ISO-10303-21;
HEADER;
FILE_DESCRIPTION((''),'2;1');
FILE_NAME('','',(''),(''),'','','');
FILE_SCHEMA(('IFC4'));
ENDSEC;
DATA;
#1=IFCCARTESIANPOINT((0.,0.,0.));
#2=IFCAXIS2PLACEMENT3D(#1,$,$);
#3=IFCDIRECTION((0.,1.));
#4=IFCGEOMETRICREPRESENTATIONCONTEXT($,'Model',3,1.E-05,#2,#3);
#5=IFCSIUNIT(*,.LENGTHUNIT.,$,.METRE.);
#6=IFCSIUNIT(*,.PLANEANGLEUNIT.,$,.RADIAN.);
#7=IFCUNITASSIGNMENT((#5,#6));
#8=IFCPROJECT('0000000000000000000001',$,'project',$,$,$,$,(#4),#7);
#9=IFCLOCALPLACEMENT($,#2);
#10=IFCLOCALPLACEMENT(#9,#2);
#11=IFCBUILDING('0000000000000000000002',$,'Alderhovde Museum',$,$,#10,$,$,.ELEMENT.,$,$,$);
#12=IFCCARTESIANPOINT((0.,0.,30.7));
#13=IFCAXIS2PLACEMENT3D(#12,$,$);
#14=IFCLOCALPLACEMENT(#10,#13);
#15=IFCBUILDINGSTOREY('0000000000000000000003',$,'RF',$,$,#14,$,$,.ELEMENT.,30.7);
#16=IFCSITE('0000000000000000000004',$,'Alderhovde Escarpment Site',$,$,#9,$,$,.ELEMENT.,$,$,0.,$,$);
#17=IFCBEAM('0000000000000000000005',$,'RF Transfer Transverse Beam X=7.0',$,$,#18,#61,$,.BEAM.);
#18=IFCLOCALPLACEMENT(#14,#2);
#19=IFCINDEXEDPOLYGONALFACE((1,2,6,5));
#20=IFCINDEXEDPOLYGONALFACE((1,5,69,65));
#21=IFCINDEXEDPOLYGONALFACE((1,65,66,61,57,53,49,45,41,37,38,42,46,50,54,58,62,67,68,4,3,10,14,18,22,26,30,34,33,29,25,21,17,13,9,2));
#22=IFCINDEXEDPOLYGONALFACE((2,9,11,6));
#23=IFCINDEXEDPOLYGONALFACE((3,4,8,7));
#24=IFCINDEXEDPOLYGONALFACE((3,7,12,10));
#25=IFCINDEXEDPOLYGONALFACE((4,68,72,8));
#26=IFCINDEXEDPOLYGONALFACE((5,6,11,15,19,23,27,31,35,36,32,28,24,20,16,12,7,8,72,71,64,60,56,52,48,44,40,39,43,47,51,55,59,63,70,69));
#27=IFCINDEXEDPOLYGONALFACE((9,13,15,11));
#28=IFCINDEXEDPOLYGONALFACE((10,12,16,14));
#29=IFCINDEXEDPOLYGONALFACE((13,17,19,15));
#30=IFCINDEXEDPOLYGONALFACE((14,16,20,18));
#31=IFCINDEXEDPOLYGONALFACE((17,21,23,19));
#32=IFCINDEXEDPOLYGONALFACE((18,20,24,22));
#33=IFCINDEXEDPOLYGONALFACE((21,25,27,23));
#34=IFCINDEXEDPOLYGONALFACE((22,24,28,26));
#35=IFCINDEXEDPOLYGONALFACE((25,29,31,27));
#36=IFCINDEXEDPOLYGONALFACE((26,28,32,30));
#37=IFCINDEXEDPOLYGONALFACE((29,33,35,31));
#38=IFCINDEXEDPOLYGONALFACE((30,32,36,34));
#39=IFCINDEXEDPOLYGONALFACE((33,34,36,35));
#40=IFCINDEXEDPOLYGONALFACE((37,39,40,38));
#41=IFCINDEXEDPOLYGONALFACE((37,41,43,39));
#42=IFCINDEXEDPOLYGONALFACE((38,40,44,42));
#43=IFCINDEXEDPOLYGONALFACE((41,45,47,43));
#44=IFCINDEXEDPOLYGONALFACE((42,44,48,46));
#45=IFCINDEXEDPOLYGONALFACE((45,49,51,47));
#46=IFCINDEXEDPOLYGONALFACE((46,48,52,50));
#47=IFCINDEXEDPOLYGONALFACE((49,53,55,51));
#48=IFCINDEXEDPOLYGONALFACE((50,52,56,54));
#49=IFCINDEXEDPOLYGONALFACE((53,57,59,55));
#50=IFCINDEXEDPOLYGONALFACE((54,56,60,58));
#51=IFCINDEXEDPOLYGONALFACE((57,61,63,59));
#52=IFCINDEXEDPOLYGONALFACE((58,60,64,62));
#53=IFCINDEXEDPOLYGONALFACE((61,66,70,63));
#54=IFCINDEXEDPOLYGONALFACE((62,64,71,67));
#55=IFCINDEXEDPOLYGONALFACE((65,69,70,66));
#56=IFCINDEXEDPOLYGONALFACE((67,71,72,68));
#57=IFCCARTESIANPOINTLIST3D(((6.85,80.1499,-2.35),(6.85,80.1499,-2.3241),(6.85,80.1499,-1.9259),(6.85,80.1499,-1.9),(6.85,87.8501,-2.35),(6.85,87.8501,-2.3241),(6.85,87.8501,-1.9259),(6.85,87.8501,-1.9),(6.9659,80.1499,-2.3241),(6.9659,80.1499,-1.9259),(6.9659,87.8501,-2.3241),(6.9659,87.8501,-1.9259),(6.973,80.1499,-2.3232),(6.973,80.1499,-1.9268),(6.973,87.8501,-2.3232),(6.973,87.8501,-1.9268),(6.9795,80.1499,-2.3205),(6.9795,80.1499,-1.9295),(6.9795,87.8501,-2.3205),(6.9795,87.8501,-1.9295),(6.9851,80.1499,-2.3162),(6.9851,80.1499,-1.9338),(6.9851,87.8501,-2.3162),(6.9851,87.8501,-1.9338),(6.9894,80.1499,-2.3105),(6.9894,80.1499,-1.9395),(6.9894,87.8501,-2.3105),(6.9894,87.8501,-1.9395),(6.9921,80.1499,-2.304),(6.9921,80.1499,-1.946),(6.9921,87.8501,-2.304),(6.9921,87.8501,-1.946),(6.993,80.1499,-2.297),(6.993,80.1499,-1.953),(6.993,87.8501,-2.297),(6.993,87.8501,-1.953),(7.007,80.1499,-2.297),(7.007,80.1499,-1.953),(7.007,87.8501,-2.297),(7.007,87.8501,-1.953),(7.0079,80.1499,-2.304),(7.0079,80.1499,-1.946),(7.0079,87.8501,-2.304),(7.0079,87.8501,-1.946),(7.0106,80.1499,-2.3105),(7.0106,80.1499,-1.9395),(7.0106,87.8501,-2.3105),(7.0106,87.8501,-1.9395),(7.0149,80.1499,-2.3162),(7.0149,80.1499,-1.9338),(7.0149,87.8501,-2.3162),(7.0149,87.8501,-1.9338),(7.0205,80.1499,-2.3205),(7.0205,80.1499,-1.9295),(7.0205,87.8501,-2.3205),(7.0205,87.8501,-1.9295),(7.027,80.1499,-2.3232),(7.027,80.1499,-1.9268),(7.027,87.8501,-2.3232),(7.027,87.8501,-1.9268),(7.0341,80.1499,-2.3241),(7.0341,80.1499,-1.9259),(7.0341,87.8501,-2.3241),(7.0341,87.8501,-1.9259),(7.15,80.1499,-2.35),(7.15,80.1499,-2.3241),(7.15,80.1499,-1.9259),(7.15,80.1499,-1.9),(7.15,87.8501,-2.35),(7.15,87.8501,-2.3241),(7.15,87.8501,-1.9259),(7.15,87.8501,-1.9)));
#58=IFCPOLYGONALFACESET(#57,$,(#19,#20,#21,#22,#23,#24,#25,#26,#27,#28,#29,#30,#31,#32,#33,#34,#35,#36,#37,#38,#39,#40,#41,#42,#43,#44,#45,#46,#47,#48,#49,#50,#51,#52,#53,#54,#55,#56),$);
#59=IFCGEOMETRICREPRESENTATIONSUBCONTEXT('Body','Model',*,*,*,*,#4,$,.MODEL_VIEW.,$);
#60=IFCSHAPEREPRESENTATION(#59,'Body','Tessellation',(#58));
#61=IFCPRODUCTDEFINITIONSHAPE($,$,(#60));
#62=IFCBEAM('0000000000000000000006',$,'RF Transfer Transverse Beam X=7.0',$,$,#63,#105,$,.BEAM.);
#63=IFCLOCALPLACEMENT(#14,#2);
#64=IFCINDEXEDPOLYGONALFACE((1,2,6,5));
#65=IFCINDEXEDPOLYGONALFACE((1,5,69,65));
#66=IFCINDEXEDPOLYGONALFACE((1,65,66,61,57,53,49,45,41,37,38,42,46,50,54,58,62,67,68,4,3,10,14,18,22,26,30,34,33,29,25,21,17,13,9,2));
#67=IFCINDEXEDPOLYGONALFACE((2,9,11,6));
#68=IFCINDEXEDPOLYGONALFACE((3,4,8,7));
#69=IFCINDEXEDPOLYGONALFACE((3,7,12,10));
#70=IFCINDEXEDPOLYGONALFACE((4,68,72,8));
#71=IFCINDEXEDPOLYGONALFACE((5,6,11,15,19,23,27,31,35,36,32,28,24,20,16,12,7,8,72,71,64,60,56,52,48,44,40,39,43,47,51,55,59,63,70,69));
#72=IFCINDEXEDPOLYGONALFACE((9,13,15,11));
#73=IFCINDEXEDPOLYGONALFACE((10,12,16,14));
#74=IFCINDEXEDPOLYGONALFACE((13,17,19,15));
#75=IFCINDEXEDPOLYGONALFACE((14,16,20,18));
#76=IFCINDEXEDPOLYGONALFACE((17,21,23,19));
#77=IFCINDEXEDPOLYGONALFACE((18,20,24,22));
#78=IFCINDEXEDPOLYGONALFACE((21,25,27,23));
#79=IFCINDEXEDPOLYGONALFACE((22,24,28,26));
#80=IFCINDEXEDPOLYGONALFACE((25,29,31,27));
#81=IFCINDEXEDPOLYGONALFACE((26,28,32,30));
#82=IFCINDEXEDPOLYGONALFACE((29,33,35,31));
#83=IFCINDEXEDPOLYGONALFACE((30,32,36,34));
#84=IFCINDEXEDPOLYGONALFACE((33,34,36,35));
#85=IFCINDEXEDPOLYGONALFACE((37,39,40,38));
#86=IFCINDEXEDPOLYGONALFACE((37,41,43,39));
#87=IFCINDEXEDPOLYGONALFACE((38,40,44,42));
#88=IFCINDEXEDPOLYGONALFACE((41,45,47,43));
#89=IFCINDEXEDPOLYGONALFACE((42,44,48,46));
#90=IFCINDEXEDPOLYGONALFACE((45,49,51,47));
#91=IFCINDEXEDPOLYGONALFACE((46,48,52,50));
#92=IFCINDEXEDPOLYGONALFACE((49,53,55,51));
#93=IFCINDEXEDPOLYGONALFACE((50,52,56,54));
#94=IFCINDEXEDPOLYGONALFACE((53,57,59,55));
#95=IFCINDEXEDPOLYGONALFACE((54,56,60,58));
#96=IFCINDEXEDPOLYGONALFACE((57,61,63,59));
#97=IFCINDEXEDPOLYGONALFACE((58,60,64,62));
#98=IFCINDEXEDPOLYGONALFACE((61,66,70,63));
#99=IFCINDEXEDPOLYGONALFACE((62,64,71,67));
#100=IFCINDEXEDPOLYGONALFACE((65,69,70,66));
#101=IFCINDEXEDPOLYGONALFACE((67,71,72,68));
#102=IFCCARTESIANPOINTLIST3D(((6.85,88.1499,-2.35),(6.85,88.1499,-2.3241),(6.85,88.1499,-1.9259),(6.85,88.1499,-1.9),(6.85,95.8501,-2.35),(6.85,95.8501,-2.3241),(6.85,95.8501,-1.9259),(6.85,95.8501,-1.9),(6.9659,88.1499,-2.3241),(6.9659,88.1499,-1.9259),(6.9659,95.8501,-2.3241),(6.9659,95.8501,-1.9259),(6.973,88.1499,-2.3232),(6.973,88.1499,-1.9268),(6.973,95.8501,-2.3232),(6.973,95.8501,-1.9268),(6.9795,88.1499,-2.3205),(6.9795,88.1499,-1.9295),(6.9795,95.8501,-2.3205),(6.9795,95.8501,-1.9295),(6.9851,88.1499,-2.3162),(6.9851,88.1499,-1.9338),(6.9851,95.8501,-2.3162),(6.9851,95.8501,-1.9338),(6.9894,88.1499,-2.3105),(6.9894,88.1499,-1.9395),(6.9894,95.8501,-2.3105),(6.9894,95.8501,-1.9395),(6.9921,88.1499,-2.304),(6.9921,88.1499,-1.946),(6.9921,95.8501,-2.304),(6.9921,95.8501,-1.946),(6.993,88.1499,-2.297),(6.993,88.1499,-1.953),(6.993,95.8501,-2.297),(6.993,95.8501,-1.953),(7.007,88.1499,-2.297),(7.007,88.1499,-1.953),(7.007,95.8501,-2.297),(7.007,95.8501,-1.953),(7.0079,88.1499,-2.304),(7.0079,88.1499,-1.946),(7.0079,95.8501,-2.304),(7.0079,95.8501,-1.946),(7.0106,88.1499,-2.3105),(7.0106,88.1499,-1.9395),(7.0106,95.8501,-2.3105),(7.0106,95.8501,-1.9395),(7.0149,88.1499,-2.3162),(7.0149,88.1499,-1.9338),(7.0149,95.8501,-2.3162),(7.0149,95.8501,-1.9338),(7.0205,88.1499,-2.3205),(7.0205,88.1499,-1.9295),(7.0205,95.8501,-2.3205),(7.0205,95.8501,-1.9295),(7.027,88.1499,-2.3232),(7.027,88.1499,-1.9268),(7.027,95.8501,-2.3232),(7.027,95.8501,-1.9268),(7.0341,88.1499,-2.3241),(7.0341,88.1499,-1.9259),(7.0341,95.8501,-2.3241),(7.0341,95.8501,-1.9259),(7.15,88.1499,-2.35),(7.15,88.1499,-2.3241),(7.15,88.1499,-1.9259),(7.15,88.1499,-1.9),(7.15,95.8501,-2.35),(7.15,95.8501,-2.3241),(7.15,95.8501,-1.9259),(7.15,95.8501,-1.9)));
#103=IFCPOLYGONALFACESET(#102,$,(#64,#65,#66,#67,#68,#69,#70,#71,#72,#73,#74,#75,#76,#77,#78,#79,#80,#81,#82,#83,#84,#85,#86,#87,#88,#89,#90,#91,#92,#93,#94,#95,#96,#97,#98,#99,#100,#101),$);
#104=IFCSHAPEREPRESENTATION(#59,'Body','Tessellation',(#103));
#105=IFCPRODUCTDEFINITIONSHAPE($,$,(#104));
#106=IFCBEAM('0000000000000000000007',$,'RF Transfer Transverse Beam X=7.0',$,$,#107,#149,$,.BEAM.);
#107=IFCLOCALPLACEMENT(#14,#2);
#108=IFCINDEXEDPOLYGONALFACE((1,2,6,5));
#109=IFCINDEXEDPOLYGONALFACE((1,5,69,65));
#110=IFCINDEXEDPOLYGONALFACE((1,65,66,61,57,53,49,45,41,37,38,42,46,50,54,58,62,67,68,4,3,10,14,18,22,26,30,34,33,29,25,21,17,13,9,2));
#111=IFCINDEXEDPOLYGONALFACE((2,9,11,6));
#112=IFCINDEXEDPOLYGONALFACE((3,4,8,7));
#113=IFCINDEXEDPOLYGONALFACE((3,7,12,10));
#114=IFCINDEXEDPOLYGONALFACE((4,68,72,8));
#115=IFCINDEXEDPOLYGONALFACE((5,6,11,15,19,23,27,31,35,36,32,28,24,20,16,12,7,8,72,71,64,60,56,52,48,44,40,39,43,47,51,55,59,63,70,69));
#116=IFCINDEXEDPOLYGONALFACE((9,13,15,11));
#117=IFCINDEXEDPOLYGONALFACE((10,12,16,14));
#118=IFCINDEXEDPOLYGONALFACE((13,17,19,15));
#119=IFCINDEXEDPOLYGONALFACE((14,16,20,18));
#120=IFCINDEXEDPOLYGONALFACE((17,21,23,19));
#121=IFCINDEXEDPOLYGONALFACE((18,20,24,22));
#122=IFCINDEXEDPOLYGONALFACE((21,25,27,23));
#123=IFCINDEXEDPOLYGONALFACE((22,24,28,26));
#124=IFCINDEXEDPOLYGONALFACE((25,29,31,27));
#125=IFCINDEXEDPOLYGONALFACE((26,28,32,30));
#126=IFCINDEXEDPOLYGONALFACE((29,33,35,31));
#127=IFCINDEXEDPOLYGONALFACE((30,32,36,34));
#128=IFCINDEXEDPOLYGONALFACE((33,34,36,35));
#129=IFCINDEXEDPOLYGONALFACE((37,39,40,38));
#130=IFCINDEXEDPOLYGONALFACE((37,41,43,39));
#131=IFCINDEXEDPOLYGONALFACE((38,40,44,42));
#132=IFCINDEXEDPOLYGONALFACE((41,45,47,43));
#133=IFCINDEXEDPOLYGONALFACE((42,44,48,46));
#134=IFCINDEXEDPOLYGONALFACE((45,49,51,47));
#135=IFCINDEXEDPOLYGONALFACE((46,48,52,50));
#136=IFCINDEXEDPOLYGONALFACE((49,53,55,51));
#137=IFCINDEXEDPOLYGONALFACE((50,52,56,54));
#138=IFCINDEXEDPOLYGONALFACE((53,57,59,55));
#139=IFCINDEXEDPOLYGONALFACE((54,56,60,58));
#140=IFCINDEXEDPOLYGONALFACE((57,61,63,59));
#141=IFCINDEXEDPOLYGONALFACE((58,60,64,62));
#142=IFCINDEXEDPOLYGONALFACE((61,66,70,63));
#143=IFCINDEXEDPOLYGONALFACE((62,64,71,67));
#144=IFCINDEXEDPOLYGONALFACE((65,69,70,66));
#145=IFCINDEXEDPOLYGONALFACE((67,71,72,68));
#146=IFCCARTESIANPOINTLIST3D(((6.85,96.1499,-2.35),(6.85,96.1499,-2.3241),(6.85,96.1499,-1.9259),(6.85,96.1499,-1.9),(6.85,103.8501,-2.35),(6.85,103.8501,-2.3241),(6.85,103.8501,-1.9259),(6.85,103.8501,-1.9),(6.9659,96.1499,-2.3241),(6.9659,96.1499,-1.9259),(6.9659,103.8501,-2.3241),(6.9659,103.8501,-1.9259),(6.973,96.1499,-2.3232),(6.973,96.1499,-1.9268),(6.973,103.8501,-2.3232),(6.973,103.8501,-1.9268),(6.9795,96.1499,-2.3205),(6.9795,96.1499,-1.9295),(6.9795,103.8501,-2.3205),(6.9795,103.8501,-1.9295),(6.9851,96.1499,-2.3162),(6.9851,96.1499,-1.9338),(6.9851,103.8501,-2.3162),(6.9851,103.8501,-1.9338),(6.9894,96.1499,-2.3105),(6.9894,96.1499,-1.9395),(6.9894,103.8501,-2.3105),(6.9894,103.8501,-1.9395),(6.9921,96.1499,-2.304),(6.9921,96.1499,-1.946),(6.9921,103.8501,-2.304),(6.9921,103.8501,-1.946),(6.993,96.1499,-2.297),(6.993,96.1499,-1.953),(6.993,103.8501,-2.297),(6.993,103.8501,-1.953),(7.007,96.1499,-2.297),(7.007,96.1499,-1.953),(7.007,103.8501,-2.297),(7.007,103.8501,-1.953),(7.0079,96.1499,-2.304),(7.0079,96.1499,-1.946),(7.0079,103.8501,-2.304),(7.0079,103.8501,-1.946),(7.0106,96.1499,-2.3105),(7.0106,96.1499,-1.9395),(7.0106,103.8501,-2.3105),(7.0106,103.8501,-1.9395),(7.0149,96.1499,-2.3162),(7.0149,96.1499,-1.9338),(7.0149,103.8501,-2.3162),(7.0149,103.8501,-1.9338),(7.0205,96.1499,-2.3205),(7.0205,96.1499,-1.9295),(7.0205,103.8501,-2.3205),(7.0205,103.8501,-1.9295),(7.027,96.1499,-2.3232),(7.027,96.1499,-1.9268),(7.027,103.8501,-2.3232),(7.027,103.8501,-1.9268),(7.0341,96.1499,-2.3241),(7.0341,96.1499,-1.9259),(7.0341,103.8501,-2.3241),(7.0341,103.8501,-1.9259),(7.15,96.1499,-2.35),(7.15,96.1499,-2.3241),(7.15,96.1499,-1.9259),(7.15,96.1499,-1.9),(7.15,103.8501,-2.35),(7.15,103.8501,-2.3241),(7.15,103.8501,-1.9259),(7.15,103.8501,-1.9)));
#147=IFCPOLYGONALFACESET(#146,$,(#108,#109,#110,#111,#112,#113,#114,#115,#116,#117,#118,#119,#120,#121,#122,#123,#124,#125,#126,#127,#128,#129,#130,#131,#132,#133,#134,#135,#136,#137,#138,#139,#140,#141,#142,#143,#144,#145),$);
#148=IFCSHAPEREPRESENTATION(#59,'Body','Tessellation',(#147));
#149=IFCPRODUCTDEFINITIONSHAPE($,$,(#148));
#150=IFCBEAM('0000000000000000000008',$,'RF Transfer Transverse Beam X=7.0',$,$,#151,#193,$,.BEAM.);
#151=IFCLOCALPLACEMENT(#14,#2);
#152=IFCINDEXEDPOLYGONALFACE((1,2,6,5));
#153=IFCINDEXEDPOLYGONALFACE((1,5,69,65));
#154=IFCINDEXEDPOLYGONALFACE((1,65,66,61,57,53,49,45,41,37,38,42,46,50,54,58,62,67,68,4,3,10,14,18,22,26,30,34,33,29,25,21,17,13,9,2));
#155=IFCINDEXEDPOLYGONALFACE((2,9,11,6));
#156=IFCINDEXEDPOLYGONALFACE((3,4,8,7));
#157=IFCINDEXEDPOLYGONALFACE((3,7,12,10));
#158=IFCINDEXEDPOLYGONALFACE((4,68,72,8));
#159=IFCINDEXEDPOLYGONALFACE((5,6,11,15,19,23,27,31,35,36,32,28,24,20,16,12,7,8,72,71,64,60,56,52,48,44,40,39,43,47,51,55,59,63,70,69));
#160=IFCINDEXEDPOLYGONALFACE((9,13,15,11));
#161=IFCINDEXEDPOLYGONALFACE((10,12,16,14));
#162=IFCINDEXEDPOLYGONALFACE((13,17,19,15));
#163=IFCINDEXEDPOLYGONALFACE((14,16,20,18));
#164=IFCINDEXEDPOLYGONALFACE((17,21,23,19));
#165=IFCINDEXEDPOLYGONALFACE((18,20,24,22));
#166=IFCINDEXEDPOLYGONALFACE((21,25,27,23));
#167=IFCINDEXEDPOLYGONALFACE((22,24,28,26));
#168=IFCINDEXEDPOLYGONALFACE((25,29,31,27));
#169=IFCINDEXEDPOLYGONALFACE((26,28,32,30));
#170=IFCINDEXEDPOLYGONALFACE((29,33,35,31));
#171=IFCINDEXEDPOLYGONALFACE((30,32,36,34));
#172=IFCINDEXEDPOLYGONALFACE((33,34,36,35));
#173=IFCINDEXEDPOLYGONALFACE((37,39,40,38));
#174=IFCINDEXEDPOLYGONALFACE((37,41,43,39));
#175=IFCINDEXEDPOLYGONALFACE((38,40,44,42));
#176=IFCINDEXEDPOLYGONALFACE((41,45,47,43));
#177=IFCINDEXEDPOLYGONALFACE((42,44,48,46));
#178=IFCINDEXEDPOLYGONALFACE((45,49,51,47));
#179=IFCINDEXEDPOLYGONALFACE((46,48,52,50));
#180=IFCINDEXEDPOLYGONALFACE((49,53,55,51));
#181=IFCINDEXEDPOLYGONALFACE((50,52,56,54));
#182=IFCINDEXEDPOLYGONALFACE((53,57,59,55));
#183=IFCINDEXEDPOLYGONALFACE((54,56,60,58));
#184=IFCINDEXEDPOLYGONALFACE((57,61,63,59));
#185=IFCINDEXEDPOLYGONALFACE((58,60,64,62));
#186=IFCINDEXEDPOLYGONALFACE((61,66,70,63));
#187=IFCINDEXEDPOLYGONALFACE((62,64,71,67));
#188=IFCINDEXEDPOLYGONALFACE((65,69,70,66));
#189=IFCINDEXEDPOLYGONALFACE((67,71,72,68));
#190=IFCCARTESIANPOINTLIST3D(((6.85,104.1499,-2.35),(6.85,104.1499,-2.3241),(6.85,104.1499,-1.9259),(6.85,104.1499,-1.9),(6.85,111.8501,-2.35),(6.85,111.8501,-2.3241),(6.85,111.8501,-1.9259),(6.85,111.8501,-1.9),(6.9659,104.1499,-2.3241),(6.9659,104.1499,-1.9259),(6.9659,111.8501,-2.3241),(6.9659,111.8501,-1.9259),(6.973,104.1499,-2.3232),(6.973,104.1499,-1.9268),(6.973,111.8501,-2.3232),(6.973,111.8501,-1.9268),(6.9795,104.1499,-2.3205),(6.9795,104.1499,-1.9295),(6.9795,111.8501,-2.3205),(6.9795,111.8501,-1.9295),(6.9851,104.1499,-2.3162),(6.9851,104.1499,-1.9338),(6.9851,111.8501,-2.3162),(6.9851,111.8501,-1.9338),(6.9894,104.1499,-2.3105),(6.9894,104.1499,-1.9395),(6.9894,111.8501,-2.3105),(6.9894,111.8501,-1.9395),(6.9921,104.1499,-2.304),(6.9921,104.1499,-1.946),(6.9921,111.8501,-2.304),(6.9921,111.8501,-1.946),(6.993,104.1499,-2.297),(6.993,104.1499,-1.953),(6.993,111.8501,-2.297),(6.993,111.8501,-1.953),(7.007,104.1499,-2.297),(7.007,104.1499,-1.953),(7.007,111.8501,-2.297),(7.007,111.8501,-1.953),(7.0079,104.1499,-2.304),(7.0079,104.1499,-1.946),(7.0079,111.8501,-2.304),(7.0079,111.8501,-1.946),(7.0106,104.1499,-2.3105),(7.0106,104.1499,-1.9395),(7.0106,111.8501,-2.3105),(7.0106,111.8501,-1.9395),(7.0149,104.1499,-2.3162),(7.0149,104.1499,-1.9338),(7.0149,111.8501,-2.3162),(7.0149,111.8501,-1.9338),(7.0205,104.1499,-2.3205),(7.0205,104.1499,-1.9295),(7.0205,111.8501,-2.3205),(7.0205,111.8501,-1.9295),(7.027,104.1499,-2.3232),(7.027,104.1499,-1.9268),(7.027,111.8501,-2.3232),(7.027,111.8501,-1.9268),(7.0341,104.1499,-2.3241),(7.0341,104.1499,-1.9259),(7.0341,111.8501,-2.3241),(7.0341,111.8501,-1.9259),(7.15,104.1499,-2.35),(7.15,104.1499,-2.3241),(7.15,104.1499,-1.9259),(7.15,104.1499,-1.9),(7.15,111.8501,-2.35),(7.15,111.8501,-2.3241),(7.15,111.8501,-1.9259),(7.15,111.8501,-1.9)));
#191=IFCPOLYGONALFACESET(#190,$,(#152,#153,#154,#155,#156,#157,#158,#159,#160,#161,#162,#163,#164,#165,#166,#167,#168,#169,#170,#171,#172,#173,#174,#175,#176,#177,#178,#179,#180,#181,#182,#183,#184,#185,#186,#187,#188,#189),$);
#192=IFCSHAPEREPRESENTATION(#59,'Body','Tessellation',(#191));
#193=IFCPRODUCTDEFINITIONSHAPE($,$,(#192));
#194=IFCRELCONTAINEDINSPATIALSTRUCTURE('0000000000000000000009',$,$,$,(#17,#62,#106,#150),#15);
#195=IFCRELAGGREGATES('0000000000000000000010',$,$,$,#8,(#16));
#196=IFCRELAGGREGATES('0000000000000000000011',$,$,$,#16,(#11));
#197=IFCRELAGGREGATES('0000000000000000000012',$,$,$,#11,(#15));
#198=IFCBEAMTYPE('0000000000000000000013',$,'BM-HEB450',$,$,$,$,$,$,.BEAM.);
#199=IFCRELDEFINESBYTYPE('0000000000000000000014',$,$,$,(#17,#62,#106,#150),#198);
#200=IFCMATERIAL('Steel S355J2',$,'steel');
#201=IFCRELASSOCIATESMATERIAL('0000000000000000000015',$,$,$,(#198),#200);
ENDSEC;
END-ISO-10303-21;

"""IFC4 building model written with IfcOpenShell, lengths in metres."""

from ifc_helpers import new_model, si_unit, direction, frame, origin, origin_2d, place, context, subcontext, project, spatial, i_section, extrude, material, material_profile, profile_set, type_object, element, save


model = new_model("IFC4")

# Units and contexts
model_context = context("Model", 3, precision=1e-05, world=origin(), true_north=direction((0.0, 1.0)))
body_context = subcontext(model_context, "Body", "Model", "MODEL_VIEW")
ifc_project = project(units=[si_unit("LENGTHUNIT", "METRE"), si_unit("PLANEANGLEUNIT", "RADIAN")], contexts=[model_context])

# Site, building, storey
site_placement = place(None, origin())
site = spatial("IfcSite", under=ifc_project, at=site_placement, Name="Alderhovde Escarpment Site", CompositionType="ELEMENT", RefElevation=0.0)
building_placement = place(site_placement, origin())
building = spatial("IfcBuilding", under=site, at=building_placement, Name="Alderhovde Museum", CompositionType="ELEMENT")
storey_placement = place(building_placement, frame((0.0, 0.0, 30.7)))
storey = spatial("IfcBuildingStorey", under=building, at=storey_placement, Name="RF", CompositionType="ELEMENT", Elevation=30.7)

# Beams
ifc_material_1 = material(Name="Steel S355J2", Category="steel")
ifc_material_profile = material_profile(ifc_material_1, i_section(OverallWidth=0.3, OverallDepth=0.45, WebThickness=0.0139, FlangeThickness=0.0259, FilletRadius=0.0271, at=origin_2d()), Name="HEB 450")
ifc_profile_set = profile_set([ifc_material_profile], Name="Steel S355J2")
beam_type = type_object("IfcBeamType", Name="BM-HEB450", PredefinedType="BEAM", material=ifc_profile_set)
for number, where, z_axis, x_axis, name in (
    (1, (7.0, 80.1499, -2.125), (0.0, 1.0, 0.0), (-1.0, 0.0, 0.0), "RF Transfer Transverse Beam X=7.0"),
    (2, (7.0, 88.1499, -2.125), (0.0, 1.0, 0.0), (-1.0, 0.0, 0.0), "RF Transfer Transverse Beam X=7.0"),
    (3, (7.0, 96.1499, -2.125), (0.0, 1.0, 0.0), (-1.0, 0.0, 0.0), "RF Transfer Transverse Beam X=7.0"),
    (4, (7.0, 104.1499, -2.125), (0.0, 1.0, 0.0), (-1.0, 0.0, 0.0), "RF Transfer Transverse Beam X=7.0"),
):
    element("IfcBeam", number, at=place(storey_placement, frame(where, z_axis=z_axis, x_axis=x_axis)), inside=storey, type_object=beam_type, Name=name, PredefinedType="BEAM", context=body_context, shape_type="SweptSolid", body=[
        extrude(i_section(OverallWidth=0.3, OverallDepth=0.45, WebThickness=0.0139, FlangeThickness=0.0259, FilletRadius=0.0271, at=origin_2d()), origin(), (0.0, 0.0, 1.0), 7.7002),
    ])

save(model, "model.ifc")
